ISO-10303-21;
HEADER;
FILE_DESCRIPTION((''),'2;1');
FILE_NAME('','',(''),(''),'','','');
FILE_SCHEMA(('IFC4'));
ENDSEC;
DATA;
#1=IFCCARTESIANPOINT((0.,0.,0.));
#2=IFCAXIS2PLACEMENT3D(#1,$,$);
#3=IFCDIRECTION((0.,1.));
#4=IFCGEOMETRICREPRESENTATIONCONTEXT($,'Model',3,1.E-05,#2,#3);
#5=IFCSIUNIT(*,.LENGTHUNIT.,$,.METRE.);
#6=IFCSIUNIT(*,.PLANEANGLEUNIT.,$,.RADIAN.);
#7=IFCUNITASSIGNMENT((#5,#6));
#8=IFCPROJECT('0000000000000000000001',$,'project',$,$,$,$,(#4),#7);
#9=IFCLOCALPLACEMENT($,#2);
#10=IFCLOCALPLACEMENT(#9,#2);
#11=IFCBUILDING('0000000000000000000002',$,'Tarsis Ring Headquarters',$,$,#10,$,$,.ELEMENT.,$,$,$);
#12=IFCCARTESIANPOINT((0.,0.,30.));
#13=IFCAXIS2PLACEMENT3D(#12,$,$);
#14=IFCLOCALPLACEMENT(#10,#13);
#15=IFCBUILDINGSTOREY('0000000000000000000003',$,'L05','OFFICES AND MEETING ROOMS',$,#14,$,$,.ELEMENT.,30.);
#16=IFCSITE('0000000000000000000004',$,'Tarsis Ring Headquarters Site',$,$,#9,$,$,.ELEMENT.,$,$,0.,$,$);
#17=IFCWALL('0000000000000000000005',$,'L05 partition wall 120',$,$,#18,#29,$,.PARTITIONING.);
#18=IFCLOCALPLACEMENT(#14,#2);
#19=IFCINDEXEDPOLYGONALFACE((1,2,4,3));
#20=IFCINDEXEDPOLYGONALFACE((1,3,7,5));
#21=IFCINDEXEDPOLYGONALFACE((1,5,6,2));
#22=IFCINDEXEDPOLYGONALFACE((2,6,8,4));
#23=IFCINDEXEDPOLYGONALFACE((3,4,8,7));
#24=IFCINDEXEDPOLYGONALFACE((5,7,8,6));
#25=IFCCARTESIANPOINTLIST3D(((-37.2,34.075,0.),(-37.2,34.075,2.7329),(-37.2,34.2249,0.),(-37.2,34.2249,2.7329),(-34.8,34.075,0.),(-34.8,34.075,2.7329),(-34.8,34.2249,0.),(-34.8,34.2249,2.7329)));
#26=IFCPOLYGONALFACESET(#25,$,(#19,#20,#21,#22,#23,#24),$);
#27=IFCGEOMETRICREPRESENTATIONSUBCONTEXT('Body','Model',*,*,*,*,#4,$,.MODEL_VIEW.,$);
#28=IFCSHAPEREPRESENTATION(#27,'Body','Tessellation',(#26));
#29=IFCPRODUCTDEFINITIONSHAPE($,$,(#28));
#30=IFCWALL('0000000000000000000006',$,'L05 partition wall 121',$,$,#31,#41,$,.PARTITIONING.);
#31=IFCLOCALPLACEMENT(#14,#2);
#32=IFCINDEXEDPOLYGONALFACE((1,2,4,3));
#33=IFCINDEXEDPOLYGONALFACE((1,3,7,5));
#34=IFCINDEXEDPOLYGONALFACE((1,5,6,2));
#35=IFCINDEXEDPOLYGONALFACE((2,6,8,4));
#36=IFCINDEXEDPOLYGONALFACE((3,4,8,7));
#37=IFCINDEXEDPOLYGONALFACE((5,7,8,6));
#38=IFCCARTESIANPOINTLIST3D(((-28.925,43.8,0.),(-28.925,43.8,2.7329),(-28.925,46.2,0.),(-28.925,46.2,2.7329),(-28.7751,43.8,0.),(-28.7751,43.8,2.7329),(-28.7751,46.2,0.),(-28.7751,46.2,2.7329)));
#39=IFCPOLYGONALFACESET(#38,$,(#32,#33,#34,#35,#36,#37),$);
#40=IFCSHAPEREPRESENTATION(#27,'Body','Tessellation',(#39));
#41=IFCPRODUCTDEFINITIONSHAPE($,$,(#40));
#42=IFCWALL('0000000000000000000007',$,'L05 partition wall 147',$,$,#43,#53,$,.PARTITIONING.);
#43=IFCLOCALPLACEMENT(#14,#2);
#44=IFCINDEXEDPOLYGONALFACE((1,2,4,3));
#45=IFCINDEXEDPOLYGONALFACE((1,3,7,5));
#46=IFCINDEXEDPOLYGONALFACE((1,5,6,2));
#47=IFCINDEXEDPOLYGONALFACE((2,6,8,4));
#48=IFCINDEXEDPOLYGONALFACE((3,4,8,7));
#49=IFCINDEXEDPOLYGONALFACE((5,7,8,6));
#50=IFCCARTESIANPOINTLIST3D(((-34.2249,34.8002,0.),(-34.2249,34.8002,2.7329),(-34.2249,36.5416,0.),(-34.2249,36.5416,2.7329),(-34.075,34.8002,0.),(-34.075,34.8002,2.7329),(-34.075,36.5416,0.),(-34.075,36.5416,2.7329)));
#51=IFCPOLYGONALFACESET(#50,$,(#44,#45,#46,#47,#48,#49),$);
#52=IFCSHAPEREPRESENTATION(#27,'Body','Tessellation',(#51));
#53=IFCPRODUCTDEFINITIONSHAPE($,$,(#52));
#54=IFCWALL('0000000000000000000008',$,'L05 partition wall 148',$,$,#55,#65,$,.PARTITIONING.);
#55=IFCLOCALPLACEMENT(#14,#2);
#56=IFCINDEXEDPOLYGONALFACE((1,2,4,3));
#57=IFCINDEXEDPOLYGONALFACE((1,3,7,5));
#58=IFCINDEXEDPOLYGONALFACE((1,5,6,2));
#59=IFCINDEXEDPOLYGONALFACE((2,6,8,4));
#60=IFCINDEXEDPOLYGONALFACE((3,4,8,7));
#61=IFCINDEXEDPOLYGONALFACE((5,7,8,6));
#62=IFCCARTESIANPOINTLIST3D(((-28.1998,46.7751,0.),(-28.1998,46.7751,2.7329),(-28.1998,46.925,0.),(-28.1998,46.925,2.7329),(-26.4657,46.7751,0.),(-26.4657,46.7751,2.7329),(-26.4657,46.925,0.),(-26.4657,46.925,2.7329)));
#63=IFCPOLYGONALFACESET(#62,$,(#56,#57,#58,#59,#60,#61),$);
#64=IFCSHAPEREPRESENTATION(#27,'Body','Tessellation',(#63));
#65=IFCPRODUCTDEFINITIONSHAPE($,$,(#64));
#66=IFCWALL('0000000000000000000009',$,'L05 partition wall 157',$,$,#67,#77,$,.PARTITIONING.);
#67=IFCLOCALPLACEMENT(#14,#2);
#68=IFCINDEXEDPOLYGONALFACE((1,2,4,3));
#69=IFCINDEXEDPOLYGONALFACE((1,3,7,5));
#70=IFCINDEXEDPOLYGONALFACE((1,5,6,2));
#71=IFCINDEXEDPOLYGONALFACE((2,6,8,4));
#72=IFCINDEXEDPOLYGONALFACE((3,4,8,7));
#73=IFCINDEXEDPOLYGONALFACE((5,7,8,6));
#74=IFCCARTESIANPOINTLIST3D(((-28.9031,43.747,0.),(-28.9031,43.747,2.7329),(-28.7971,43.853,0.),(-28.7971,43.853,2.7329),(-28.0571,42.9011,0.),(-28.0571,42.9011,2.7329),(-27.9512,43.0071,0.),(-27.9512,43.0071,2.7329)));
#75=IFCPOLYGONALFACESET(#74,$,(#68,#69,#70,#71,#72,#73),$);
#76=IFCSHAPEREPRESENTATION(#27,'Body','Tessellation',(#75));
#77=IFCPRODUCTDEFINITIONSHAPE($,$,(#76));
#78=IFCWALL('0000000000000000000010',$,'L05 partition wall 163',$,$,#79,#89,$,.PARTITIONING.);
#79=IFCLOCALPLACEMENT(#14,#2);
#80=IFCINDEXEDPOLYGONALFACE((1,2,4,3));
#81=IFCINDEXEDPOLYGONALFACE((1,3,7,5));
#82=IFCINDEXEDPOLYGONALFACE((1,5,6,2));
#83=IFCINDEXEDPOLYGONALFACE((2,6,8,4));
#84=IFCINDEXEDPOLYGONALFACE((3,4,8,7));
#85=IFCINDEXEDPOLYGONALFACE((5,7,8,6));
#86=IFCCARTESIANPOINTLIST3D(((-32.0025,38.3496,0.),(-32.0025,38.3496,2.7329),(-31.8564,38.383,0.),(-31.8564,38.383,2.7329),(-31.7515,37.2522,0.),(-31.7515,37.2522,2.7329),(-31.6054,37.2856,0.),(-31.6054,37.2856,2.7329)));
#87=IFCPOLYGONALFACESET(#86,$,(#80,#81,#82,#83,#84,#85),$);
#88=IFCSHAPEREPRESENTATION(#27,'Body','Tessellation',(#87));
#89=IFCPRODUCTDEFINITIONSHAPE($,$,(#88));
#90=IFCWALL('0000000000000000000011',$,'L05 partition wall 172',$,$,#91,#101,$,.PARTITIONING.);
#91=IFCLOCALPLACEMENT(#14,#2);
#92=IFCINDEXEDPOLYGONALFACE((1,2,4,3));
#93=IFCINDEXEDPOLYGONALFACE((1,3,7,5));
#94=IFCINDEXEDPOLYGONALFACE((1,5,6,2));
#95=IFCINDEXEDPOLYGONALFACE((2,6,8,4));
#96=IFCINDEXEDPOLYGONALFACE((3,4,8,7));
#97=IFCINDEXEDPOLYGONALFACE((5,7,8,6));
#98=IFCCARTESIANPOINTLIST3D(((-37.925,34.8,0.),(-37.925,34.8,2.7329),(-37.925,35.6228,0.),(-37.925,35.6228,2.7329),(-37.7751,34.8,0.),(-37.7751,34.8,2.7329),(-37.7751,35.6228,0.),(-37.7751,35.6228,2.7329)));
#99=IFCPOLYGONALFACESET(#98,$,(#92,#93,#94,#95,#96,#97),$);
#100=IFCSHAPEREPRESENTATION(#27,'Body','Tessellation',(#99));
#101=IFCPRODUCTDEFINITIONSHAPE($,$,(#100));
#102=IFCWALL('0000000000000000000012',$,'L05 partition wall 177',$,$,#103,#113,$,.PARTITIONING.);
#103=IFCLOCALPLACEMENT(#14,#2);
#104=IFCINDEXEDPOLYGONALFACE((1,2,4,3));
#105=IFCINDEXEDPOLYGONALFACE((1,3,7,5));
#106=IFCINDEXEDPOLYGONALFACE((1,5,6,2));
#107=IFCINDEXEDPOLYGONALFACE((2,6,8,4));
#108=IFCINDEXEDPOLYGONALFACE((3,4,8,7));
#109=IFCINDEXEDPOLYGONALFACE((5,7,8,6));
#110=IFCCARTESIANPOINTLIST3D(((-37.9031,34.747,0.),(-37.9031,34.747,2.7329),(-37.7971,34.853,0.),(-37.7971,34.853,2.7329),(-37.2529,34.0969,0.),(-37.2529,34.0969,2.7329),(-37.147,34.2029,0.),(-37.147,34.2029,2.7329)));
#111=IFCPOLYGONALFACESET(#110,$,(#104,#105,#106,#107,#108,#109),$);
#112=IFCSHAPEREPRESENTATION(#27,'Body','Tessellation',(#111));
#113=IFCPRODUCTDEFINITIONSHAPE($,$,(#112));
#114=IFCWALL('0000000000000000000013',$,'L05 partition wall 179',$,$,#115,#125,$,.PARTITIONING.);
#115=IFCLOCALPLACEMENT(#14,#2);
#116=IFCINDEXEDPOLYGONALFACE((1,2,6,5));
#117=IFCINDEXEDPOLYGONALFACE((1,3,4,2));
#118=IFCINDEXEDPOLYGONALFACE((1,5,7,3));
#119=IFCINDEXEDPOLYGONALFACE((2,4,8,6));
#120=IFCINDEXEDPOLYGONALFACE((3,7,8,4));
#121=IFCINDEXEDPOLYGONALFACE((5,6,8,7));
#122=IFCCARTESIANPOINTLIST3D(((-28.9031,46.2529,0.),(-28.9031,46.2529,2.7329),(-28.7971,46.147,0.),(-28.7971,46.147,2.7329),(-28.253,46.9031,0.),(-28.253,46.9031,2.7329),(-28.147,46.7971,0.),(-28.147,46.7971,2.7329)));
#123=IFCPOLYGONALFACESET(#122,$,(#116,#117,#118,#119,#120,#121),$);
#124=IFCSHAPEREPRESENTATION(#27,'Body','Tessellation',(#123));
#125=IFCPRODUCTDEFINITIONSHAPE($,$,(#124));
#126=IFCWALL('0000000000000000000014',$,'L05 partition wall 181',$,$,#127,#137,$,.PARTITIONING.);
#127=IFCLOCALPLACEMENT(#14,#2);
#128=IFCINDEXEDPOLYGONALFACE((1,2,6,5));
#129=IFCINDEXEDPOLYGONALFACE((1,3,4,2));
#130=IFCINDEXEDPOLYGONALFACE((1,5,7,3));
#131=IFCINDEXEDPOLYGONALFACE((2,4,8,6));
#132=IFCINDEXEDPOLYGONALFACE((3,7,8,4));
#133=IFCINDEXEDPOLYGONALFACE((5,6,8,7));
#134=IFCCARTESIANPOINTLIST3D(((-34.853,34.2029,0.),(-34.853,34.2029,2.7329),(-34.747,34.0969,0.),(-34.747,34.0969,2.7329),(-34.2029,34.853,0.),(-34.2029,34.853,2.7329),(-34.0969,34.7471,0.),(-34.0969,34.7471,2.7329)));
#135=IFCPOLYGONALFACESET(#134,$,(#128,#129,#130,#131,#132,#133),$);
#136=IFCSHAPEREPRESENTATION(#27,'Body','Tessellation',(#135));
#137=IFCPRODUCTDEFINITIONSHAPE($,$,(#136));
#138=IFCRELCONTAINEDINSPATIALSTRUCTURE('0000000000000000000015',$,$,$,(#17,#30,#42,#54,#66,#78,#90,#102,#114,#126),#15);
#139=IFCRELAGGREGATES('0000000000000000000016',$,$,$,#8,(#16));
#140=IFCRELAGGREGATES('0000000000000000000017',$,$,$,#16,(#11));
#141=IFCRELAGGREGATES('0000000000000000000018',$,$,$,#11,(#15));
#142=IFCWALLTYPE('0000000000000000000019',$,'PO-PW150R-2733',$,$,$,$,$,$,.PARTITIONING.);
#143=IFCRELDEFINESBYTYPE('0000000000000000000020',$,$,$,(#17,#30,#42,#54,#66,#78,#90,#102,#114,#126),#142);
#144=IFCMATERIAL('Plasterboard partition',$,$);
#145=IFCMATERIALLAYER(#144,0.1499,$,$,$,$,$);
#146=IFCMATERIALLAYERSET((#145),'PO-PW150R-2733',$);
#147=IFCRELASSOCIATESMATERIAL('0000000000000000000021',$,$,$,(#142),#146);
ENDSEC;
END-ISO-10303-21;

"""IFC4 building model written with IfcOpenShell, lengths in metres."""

from ifc_helpers import new_model, si_unit, direction, frame, frame_2d, origin, place, context, subcontext, project, spatial, rectangle, extrude, material, layer, layer_set, type_object, element, save


model = new_model("IFC4")

# Units and contexts
model_context = context("Model", 3, precision=1e-05, world=origin(), true_north=direction((0.0, 1.0)))
body_context = subcontext(model_context, "Body", "Model", "MODEL_VIEW")
ifc_project = project(units=[si_unit("LENGTHUNIT", "METRE"), si_unit("PLANEANGLEUNIT", "RADIAN")], contexts=[model_context])

# Site, building, storey
site_placement = place(None, origin())
site = spatial("IfcSite", under=ifc_project, at=site_placement, Name="Tarsis Ring Headquarters Site", CompositionType="ELEMENT", RefElevation=0.0)
building_placement = place(site_placement, origin())
building = spatial("IfcBuilding", under=site, at=building_placement, Name="Tarsis Ring Headquarters", CompositionType="ELEMENT")
storey_placement = place(building_placement, frame((0.0, 0.0, 30.0)))
storey = spatial("IfcBuildingStorey", under=building, at=storey_placement, Name="L05", Description="OFFICES AND MEETING ROOMS", CompositionType="ELEMENT", Elevation=30.0)

# Shared definitions
ifc_material_1 = material(Name="Plasterboard partition")

# Shared definitions
ifc_layer_1 = layer(ifc_material_1, 0.1499)
ifc_layer_set_1 = layer_set([ifc_layer_1], Name="PO-PW150R-2733")
wall_type_1 = type_object("IfcWallType", Name="PO-PW150R-2733", PredefinedType="PARTITIONING", material=ifc_layer_set_1)

# Walls
for number, where, z_axis, x_axis, name in (
    (1, (-34.8, 34.1499, 0.0), (0.0, 0.0, 1.0), (-1.0, 0.0, 0.0), "L05 partition wall 120"),
    (2, (-28.8501, 43.8, 0.0), (0.0, 0.0, 1.0), (0.0, 1.0, 0.0), "L05 partition wall 121"),
):
    element("IfcWall", number, at=place(storey_placement, frame(where, z_axis=z_axis, x_axis=x_axis)), inside=storey, type_object=wall_type_1, Name=name, PredefinedType="PARTITIONING", context=body_context, shape_type="SweptSolid", body=[
        extrude(rectangle(XDim=2.3999, YDim=0.1499, at=frame_2d((1.2, 0.0))), origin(), (0.0, 0.0, 1.0), 2.7329),
    ])
wall_1_placement = place(storey_placement, frame((-34.1499, 36.5415, 0.0), z_axis=(0.0, 0.0, 1.0), x_axis=(0.0, -1.0, 0.0)))
element("IfcWall", 3, at=wall_1_placement, inside=storey, type_object=wall_type_1, Name="L05 partition wall 147", PredefinedType="PARTITIONING", context=body_context, shape_type="SweptSolid", body=[
    extrude(rectangle(XDim=1.7415, YDim=0.1499, at=frame_2d((0.8706, 0.0))), origin(), (0.0, 0.0, 1.0), 2.7329),
])
wall_2_placement = place(storey_placement, frame((-28.2, 46.8501, 0.0), z_axis=(0.0, 0.0, 1.0), x_axis=(1.0, 0.0, 0.0)))
element("IfcWall", 4, at=wall_2_placement, inside=storey, type_object=wall_type_1, Name="L05 partition wall 148", PredefinedType="PARTITIONING", context=body_context, shape_type="SweptSolid", body=[
    extrude(rectangle(XDim=1.7341, YDim=0.1499, at=frame_2d((0.8672, 0.0))), origin(), (0.0, 0.0, 1.0), 2.7329),
])
wall_3_placement = place(storey_placement, frame((-28.0042, 42.9541, 0.0), z_axis=(0.0, 0.0, 1.0), x_axis=(-0.707107, 0.707107, 0.0)))
element("IfcWall", 5, at=wall_3_placement, inside=storey, type_object=wall_type_1, Name="L05 partition wall 157", PredefinedType="PARTITIONING", context=body_context, shape_type="SweptSolid", body=[
    extrude(rectangle(XDim=1.1963, YDim=0.1499, at=frame_2d((0.5981, 0.0))), origin(), (0.0, 0.0, 1.0), 2.7329),
])
wall_4_placement = place(storey_placement, frame((-31.9294, 38.3665, 0.0), z_axis=(0.0, 0.0, 1.0), x_axis=(0.222943, -0.974832, 0.0)))
element("IfcWall", 6, at=wall_4_placement, inside=storey, type_object=wall_type_1, Name="L05 partition wall 163", PredefinedType="PARTITIONING", context=body_context, shape_type="SweptSolid", body=[
    extrude(rectangle(XDim=1.1257, YDim=0.1499, at=frame_2d((0.563, 0.0))), origin(), (0.0, 0.0, 1.0), 2.7329),
])
wall_5_placement = place(storey_placement, frame((-37.8501, 34.8, 0.0), z_axis=(0.0, 0.0, 1.0), x_axis=(0.0, 1.0, 0.0)))
element("IfcWall", 7, at=wall_5_placement, inside=storey, type_object=wall_type_1, Name="L05 partition wall 172", PredefinedType="PARTITIONING", context=body_context, shape_type="SweptSolid", body=[
    extrude(rectangle(XDim=0.8228, YDim=0.1499, at=frame_2d((0.4114, 0.0))), origin(), (0.0, 0.0, 1.0), 2.7329),
])
for number, where, z_axis, x_axis, name in (
    (8, (-37.2, 34.1499, 0.0), (0.0, 0.0, 1.0), (-0.707107, 0.707107, 0.0), "L05 partition wall 177"),
    (9, (-28.8501, 46.2, 0.0), (0.0, 0.0, 1.0), (0.707107, 0.707107, 0.0), "L05 partition wall 179"),
    (10, (-34.1499, 34.8, 0.0), (0.0, 0.0, 1.0), (-0.707107, -0.707107, 0.0), "L05 partition wall 181"),
):
    element("IfcWall", number, at=place(storey_placement, frame(where, z_axis=z_axis, x_axis=x_axis)), inside=storey, type_object=wall_type_1, Name=name, PredefinedType="PARTITIONING", context=body_context, shape_type="SweptSolid", body=[
        extrude(rectangle(XDim=0.9194, YDim=0.1499, at=frame_2d((0.4597, 0.0))), origin(), (0.0, 0.0, 1.0), 2.7329),
    ])

save(model, "model.ifc")
